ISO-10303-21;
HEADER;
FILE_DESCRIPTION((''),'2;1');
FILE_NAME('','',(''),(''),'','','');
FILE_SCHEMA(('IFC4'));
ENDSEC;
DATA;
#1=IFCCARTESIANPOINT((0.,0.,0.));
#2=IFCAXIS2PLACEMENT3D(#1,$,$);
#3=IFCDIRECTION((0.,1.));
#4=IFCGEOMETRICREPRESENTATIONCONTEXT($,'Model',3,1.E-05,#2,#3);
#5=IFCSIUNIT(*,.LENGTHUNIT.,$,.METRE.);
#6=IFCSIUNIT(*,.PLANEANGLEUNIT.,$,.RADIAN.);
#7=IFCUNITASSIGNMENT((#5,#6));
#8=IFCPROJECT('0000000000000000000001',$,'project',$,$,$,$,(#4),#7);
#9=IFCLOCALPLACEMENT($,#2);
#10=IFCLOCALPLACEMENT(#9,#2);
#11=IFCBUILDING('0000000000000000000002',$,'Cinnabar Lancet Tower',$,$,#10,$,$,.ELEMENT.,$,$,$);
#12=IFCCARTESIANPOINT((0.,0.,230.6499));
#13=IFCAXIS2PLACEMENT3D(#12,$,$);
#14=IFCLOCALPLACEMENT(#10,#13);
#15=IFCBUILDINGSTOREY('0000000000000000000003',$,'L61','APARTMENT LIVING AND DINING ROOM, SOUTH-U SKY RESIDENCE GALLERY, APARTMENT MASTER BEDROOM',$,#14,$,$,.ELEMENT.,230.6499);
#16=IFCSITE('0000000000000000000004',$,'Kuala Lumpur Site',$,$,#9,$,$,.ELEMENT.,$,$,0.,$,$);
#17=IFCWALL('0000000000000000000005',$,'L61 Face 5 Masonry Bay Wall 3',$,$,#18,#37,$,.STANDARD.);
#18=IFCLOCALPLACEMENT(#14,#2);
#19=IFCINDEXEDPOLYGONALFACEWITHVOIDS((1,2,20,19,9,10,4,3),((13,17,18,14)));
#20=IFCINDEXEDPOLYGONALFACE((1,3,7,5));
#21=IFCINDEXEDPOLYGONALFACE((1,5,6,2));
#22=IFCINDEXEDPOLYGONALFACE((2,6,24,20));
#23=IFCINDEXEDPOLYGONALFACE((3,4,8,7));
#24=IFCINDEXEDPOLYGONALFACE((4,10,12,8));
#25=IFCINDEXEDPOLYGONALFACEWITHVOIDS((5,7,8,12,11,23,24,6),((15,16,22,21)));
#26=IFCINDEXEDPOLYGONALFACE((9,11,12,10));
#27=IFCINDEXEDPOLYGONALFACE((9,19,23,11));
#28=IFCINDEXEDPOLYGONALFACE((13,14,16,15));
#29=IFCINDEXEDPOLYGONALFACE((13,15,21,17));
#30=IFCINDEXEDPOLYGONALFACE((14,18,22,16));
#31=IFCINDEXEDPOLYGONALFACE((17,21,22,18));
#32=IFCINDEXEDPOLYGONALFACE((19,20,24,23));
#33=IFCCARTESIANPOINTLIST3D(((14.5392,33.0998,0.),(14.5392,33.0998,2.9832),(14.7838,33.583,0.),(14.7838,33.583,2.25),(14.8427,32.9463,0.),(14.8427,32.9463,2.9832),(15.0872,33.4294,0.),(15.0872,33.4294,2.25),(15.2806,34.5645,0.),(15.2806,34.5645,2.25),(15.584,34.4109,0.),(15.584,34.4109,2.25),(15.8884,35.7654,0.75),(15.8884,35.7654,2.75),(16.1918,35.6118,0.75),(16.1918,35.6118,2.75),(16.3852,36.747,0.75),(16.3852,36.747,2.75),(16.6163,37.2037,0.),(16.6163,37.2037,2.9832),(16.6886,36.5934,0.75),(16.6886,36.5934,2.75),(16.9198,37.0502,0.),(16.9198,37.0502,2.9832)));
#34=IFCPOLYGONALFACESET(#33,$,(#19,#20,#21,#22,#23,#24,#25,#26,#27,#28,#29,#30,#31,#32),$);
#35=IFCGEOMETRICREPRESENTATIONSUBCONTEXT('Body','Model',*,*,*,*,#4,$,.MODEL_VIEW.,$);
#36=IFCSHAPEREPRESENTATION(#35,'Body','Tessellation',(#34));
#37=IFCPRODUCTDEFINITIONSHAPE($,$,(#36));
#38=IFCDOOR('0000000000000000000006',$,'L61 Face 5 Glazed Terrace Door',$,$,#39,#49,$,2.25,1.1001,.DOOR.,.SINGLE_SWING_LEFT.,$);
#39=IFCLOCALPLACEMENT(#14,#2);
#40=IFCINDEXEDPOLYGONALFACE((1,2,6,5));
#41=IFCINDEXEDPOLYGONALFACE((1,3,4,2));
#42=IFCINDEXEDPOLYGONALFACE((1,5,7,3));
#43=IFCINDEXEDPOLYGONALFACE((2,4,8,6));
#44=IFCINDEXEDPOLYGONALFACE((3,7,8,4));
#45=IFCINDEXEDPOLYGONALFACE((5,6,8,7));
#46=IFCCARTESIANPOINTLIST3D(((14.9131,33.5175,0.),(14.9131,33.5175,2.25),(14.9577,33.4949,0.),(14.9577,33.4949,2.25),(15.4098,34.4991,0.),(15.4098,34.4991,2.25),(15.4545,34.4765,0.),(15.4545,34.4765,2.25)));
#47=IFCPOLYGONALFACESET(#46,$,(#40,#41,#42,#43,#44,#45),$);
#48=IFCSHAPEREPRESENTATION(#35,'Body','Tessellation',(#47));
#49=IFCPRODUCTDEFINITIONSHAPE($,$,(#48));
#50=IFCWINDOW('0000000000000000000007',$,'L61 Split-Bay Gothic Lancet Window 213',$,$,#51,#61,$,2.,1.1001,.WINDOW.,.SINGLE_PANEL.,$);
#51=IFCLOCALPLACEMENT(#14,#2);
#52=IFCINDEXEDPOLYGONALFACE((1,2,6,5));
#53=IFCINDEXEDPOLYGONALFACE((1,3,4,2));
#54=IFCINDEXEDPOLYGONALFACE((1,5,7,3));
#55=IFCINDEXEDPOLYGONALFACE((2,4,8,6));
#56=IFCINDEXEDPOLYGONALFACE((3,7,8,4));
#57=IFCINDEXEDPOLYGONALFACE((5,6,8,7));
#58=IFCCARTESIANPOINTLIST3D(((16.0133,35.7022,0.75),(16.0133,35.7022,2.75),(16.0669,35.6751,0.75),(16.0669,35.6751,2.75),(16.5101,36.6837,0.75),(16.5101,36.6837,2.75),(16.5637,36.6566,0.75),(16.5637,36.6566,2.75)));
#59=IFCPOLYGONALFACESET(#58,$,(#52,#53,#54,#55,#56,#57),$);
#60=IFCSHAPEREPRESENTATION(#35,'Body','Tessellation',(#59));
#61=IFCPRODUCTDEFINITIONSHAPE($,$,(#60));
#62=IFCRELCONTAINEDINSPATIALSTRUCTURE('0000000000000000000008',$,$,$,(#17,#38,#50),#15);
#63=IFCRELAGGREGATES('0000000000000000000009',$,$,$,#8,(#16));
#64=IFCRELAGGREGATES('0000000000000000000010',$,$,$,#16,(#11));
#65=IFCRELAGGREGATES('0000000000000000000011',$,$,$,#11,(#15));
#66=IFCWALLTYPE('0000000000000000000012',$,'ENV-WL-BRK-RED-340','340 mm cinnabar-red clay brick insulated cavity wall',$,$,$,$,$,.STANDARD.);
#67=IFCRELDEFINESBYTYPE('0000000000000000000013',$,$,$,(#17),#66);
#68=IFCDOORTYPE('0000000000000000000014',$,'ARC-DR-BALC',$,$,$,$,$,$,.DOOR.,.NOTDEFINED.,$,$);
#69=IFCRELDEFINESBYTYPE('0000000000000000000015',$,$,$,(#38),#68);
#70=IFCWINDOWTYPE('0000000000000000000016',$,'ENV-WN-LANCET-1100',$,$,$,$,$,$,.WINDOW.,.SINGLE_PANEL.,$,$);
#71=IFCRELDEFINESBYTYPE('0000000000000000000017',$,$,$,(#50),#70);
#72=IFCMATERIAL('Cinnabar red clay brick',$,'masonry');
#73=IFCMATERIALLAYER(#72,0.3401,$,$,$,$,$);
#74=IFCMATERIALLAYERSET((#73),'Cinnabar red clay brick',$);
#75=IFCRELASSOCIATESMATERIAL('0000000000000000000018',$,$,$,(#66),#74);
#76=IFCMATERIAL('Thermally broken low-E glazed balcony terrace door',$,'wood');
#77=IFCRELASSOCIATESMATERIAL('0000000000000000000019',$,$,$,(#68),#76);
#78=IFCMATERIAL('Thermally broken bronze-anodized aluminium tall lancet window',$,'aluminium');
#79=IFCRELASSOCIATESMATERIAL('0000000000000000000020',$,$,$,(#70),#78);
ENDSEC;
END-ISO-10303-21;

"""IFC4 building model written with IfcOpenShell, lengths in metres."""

from ifc_helpers import new_model, si_unit, direction, frame, frame_2d, origin, place, context, subcontext, project, spatial, rectangle, extrude, material, layer, layer_set, type_object, element, fill, save


model = new_model("IFC4")

# Units and contexts
model_context = context("Model", 3, precision=1e-05, world=origin(), true_north=direction((0.0, 1.0)))
body_context = subcontext(model_context, "Body", "Model", "MODEL_VIEW")
ifc_project = project(units=[si_unit("LENGTHUNIT", "METRE"), si_unit("PLANEANGLEUNIT", "RADIAN")], contexts=[model_context])

# Site, building, storey
site_placement = place(None, origin())
site = spatial("IfcSite", under=ifc_project, at=site_placement, Name="Kuala Lumpur Site", CompositionType="ELEMENT", RefElevation=0.0)
building_placement = place(site_placement, origin())
building = spatial("IfcBuilding", under=site, at=building_placement, Name="Cinnabar Lancet Tower", CompositionType="ELEMENT")
storey_placement = place(building_placement, frame((0.0, 0.0, 230.6499)))
storey = spatial("IfcBuildingStorey", under=building, at=storey_placement, Name="L61", Description="APARTMENT LIVING AND DINING ROOM, SOUTH-U SKY RESIDENCE GALLERY, APARTMENT MASTER BEDROOM", CompositionType="ELEMENT", Elevation=230.6499)

# Shared definitions
ifc_material_1 = material(Name="Cinnabar red clay brick", Category="masonry")
ifc_layer_1 = layer(ifc_material_1, 0.3401)
ifc_layer_set_1 = layer_set([ifc_layer_1], Name="Cinnabar red clay brick")
wall_type_1 = type_object("IfcWallType", Name="ENV-WL-BRK-RED-340", Description="340 mm cinnabar-red clay brick insulated cavity wall", PredefinedType="STANDARD", material=ifc_layer_set_1)

# Wall, openings, door, window
wall_1_placement = place(storey_placement, frame((16.7681, 37.127, 0.0), z_axis=(0.0, 0.0, 1.0), x_axis=(-0.451582, -0.89223, 0.0)))
wall_1 = element("IfcWall", 1, at=wall_1_placement, inside=storey, type_object=wall_type_1, Name="L61 Face 5 Masonry Bay Wall 3", PredefinedType="STANDARD", context=body_context, shape_type="SweptSolid", body=[
    extrude(rectangle(XDim=4.5996, YDim=0.3401, at=frame_2d((2.2998, 0.0))), origin(), (0.0, 0.0, 1.0), 2.9832),
])
opening_1_placement = place(wall_1_placement, frame((2.958, 0.0, 0.0)))
opening_1 = element("IfcOpeningElement", 2, at=opening_1_placement, cuts=wall_1, PredefinedType="OPENING", context=body_context, shape_type="SweptSolid", body=[
    extrude(rectangle(XDim=1.1001, YDim=2.25, at=frame_2d((0.55, 1.125))), frame((0.0, 0.1799, 0.0), z_axis=(0.0, -1.0, 0.0), x_axis=(1.0, 0.0, 0.0)), (0.0, 0.0, 1.0), 0.3601),
])
opening_2_placement = place(wall_1_placement, frame((0.512, 0.0, 0.75)))
opening_2 = element("IfcOpeningElement", 3, at=opening_2_placement, cuts=wall_1, PredefinedType="OPENING", context=body_context, shape_type="SweptSolid", body=[
    extrude(rectangle(XDim=1.1001, YDim=2.0, at=frame_2d((0.55, 1.0))), frame((0.0, 0.1799, 0.0), z_axis=(0.0, -1.0, 0.0), x_axis=(1.0, 0.0, 0.0)), (0.0, 0.0, 1.0), 0.3601),
])
ifc_material_2 = material(Name="Thermally broken low-E glazed balcony terrace door", Category="wood")
door_type_1 = type_object("IfcDoorType", Name="ARC-DR-BALC", OperationType="NOTDEFINED", PredefinedType="DOOR", material=ifc_material_2)
door_1_placement = place(opening_1_placement, origin())
door_1 = element("IfcDoor", 4, at=door_1_placement, inside=storey, type_object=door_type_1, Name="L61 Face 5 Glazed Terrace Door", OperationType="SINGLE_SWING_LEFT", OverallHeight=2.25, OverallWidth=1.1001, PredefinedType="DOOR", context=body_context, shape_type="SweptSolid", body=[
    extrude(rectangle(XDim=1.1001, YDim=2.25, at=frame_2d((0.55, 1.125))), frame((0.0, 0.0249, 0.0), z_axis=(0.0, -1.0, 0.0), x_axis=(1.0, 0.0, 0.0)), (0.0, 0.0, 1.0), 0.05),
])
fill(opening_1, door_1)
ifc_material_3 = material(Name="Thermally broken bronze-anodized aluminium tall lancet window", Category="aluminium")
window_type_1 = type_object("IfcWindowType", Name="ENV-WN-LANCET-1100", PartitioningType="SINGLE_PANEL", PredefinedType="WINDOW", material=ifc_material_3)
window_1_placement = place(opening_2_placement, origin())
window_1 = element("IfcWindow", 5, at=window_1_placement, inside=storey, type_object=window_type_1, Name="L61 Split-Bay Gothic Lancet Window 213", OverallHeight=2.0, OverallWidth=1.1001, PartitioningType="SINGLE_PANEL", PredefinedType="WINDOW", context=body_context, shape_type="SweptSolid", body=[
    extrude(rectangle(XDim=1.1001, YDim=2.0, at=frame_2d((0.55, 1.0))), frame((0.0, 0.03, 0.0), z_axis=(0.0, -1.0, 0.0), x_axis=(1.0, 0.0, 0.0)), (0.0, 0.0, 1.0), 0.0601),
])
fill(opening_2, window_1)

save(model, "model.ifc")
